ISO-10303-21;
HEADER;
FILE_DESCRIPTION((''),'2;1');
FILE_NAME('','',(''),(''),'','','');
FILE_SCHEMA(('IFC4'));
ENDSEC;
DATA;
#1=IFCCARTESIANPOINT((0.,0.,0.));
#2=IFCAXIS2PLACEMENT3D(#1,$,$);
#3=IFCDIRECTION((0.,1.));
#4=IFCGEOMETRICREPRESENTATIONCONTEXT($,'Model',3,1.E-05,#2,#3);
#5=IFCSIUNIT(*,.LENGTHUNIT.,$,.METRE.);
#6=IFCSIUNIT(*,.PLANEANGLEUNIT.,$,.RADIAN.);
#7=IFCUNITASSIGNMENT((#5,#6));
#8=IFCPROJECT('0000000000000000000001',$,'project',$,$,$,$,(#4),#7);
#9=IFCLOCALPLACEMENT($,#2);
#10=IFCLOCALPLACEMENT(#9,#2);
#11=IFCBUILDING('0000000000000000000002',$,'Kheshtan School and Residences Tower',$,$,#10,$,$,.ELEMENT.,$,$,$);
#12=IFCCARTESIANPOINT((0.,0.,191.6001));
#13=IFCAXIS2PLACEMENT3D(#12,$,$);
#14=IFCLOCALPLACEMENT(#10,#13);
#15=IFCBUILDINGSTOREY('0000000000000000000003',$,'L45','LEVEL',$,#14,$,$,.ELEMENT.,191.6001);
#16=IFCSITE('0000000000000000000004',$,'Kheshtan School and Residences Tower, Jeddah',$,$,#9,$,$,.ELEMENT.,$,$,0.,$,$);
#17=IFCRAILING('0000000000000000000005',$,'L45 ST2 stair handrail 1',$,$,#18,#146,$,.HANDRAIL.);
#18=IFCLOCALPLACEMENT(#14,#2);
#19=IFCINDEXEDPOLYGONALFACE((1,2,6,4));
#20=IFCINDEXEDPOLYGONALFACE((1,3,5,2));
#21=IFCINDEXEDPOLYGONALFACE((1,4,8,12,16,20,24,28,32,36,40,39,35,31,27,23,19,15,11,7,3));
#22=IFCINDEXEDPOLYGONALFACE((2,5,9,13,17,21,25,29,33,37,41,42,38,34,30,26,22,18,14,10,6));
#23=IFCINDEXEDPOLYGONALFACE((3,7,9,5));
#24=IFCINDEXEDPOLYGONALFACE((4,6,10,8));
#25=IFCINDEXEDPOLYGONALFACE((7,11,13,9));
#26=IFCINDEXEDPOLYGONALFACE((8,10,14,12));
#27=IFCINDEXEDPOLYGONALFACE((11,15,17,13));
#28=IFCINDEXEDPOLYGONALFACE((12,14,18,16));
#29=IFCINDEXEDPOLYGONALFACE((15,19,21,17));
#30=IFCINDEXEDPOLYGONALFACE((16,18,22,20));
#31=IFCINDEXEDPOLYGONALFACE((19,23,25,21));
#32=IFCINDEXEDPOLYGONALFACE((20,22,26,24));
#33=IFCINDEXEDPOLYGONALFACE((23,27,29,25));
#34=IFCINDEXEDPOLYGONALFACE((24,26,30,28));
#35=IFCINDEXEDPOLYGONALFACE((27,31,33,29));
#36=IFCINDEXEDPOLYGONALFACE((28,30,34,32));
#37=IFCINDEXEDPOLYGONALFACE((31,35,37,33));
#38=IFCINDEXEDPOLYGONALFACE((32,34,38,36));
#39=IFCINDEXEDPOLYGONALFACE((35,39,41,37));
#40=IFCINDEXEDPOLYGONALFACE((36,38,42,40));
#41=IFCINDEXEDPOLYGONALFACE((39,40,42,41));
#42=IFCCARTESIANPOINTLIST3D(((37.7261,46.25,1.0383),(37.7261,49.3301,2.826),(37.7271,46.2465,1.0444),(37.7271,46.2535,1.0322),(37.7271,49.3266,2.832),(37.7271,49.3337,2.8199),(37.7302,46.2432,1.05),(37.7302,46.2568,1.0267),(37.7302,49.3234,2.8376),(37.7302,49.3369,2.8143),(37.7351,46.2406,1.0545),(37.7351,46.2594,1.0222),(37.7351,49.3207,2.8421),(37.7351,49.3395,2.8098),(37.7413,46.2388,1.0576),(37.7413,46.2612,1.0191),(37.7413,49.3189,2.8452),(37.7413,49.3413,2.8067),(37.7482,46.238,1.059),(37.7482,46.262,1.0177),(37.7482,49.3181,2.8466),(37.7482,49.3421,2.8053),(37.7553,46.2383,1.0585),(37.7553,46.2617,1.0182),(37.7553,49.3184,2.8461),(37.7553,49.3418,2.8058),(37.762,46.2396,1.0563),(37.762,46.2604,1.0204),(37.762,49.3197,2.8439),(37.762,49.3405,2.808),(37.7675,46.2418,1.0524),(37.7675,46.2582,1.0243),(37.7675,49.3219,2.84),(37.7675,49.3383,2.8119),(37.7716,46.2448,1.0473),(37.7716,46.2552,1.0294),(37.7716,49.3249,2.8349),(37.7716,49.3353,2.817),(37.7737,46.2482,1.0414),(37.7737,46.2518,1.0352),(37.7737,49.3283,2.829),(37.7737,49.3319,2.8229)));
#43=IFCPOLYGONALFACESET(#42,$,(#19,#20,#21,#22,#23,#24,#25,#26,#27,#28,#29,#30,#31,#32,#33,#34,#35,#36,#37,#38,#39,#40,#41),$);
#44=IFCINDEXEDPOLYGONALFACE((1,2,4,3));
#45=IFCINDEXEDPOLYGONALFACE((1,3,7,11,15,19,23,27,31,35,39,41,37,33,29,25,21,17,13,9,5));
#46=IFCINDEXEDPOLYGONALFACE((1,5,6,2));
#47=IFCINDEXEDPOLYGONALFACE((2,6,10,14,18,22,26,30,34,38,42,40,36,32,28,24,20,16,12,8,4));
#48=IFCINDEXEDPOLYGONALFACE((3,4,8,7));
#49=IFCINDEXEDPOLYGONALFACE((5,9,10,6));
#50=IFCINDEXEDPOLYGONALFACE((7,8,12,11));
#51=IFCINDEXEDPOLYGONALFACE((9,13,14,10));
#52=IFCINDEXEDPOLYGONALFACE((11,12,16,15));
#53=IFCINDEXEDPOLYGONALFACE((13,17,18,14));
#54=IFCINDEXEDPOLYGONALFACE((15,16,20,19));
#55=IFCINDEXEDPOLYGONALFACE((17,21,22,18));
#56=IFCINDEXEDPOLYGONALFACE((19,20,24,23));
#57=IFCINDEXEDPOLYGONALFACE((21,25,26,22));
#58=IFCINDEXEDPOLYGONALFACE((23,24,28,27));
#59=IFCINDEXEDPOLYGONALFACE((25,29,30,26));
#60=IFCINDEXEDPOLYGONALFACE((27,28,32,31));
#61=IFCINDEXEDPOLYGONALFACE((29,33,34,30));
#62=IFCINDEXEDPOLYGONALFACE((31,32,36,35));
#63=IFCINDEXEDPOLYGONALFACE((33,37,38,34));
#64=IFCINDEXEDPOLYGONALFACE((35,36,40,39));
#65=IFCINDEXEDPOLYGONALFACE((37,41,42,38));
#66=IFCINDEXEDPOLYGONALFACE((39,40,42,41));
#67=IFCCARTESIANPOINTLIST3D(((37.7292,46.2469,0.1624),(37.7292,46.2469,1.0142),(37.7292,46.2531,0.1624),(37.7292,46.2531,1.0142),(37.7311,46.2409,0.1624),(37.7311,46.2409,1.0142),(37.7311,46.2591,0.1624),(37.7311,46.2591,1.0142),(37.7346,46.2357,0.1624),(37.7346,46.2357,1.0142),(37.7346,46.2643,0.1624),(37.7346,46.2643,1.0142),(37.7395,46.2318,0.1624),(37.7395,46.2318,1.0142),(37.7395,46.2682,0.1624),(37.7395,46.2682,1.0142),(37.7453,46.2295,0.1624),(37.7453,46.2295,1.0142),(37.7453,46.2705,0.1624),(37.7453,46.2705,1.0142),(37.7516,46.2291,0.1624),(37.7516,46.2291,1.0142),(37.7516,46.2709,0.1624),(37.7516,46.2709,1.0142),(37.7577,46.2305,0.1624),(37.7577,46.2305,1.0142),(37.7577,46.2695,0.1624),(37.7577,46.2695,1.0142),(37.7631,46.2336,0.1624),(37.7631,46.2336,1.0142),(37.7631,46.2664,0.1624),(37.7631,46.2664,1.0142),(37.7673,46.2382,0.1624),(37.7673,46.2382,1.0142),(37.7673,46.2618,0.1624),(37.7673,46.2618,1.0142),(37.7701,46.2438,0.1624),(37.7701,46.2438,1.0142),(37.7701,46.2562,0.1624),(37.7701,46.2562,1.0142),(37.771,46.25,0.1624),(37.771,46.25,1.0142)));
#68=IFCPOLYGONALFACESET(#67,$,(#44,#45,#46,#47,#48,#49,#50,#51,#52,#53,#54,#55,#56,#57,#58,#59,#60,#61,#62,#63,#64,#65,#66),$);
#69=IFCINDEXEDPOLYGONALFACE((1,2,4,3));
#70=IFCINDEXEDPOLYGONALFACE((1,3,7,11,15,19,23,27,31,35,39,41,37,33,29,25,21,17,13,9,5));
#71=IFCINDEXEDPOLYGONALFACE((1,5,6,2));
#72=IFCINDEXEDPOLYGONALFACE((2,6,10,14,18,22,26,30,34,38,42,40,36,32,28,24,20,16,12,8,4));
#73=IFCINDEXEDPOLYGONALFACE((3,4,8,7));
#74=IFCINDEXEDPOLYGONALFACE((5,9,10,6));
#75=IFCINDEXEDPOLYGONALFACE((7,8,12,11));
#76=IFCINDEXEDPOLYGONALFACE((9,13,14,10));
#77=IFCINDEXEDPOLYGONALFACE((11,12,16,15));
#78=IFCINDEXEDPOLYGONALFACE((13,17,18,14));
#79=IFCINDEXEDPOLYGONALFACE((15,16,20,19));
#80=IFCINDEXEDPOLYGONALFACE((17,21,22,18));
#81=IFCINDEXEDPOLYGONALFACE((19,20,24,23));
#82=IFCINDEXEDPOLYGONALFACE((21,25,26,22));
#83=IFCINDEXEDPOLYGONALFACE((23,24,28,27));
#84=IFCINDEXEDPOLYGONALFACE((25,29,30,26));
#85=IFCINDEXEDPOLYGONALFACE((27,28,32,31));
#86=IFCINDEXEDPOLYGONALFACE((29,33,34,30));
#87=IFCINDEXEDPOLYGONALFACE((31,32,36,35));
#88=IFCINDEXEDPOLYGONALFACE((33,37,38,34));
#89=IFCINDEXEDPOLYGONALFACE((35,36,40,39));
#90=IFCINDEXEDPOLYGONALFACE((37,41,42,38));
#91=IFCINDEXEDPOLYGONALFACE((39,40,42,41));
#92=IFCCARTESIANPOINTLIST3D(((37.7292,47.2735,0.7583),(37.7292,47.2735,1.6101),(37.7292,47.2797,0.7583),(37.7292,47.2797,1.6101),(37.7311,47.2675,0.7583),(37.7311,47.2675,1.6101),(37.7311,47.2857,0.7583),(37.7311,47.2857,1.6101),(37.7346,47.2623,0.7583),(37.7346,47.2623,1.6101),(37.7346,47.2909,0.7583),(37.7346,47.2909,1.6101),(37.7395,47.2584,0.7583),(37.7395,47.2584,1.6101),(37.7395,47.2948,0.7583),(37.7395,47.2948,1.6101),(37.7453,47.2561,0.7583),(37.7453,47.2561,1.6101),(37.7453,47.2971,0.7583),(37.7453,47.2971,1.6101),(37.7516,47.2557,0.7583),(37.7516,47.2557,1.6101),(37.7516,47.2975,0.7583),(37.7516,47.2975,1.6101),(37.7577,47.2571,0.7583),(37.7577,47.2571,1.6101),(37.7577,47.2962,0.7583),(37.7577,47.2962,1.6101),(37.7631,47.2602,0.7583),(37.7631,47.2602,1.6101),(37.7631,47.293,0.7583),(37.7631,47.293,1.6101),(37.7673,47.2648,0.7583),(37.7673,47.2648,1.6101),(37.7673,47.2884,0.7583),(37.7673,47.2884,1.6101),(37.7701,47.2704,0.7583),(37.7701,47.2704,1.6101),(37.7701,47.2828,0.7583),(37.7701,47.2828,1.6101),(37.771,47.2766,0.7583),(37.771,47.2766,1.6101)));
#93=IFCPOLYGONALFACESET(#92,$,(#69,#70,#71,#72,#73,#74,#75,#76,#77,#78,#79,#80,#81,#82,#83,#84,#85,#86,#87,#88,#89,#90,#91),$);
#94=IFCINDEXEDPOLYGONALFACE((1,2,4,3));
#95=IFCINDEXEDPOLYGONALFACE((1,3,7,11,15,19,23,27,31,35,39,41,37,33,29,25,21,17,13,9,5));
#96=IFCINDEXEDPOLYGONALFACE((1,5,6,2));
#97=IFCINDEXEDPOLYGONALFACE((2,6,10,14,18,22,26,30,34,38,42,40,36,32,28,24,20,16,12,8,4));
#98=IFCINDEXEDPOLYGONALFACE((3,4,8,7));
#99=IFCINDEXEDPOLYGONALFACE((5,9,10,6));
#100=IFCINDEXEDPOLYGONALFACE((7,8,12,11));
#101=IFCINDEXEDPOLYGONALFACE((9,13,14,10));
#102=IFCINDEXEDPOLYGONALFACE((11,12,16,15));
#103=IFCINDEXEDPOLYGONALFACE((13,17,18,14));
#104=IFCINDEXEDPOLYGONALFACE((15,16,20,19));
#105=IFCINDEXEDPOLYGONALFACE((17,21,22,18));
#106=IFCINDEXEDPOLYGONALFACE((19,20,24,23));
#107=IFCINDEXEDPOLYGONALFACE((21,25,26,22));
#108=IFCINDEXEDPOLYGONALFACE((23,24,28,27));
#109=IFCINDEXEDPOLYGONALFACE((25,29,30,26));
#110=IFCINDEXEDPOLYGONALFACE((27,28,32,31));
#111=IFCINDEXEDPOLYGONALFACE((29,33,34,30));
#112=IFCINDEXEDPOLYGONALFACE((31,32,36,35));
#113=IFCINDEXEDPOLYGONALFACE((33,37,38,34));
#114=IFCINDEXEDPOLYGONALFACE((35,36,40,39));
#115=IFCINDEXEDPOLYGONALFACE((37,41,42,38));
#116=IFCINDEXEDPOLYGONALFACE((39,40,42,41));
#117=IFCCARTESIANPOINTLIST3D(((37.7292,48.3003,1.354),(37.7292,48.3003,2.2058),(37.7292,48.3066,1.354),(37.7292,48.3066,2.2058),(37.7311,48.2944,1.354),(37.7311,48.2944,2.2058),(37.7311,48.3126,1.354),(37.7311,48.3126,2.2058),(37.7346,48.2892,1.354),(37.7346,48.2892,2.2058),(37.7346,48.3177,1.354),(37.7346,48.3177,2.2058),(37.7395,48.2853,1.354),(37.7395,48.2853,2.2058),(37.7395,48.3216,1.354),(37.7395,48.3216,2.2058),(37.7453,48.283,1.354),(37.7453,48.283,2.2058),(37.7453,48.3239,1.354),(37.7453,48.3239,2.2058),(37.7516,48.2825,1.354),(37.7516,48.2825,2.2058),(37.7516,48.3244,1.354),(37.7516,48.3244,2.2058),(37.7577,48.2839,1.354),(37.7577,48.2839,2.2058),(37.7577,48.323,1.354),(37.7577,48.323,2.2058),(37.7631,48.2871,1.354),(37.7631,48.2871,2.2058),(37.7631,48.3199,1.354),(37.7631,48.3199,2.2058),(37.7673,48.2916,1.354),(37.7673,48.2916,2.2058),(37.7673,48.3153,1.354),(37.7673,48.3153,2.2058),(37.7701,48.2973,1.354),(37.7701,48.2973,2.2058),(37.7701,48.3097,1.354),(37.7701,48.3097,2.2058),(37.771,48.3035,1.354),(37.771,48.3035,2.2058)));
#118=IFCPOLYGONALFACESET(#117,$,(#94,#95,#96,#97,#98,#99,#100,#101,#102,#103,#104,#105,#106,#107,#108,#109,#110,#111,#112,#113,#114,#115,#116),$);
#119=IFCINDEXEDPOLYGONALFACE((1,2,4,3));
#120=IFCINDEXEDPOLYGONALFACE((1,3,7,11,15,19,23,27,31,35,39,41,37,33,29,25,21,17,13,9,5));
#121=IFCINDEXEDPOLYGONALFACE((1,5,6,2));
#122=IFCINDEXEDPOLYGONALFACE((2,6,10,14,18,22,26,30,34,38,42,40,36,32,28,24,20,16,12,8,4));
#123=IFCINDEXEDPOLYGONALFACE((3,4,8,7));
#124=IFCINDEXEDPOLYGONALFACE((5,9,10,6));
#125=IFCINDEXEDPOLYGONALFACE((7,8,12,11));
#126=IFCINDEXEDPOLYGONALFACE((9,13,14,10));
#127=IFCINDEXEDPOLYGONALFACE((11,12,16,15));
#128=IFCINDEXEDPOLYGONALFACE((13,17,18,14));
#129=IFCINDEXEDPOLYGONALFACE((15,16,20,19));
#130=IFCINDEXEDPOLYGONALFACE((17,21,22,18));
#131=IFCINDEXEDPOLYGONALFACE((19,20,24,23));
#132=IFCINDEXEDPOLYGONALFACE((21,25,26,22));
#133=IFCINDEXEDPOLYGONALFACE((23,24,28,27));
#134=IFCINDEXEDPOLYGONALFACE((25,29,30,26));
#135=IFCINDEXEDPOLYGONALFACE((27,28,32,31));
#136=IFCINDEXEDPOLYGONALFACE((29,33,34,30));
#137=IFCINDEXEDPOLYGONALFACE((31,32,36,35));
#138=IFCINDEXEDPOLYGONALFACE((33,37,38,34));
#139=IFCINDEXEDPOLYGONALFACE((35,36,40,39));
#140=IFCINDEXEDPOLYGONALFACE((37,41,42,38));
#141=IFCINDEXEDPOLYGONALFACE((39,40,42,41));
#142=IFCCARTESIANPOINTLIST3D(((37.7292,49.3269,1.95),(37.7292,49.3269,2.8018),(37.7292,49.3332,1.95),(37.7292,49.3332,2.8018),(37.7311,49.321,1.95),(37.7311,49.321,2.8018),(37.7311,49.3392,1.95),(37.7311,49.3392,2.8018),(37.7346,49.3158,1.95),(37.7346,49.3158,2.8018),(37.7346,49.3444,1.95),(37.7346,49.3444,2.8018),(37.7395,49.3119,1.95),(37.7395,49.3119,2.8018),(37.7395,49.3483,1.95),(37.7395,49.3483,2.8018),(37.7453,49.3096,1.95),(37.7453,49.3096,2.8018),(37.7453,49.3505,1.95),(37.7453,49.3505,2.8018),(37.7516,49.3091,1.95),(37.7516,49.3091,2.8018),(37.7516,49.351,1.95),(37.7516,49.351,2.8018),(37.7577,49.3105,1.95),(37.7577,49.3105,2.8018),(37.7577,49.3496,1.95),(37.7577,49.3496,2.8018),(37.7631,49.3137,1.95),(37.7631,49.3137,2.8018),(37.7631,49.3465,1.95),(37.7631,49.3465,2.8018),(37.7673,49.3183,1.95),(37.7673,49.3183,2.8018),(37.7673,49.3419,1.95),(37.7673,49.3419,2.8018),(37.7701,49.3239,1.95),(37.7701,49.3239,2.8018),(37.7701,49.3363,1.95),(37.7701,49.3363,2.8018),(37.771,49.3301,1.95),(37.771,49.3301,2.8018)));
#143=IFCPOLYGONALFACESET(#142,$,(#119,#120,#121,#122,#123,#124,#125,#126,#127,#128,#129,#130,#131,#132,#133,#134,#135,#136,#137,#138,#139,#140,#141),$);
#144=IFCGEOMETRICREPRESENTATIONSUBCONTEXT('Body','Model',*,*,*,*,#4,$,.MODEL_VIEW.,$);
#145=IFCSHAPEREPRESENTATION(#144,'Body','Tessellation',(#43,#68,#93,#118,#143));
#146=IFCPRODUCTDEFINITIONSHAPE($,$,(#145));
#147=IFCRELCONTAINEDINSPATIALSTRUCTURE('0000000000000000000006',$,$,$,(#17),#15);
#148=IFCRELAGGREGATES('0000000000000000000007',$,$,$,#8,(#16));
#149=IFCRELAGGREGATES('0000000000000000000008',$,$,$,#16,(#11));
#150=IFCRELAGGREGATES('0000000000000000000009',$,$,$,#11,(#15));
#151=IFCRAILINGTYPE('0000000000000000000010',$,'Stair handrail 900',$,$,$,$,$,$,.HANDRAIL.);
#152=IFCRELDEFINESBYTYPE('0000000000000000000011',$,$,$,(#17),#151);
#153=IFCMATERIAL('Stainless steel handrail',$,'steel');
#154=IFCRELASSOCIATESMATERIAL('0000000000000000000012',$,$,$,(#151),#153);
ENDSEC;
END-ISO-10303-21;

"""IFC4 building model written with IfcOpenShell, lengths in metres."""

from ifc_helpers import new_model, si_unit, direction, frame, origin, origin_2d, place, context, subcontext, project, spatial, circle, extrude, material, type_object, element, save


model = new_model("IFC4")

# Units and contexts
model_context = context("Model", 3, precision=1e-05, world=origin(), true_north=direction((0.0, 1.0)))
body_context = subcontext(model_context, "Body", "Model", "MODEL_VIEW")
ifc_project = project(units=[si_unit("LENGTHUNIT", "METRE"), si_unit("PLANEANGLEUNIT", "RADIAN")], contexts=[model_context])

# Site, building, storey
site_placement = place(None, origin())
site = spatial("IfcSite", under=ifc_project, at=site_placement, Name="Kheshtan School and Residences Tower, Jeddah", CompositionType="ELEMENT", RefElevation=0.0)
building_placement = place(site_placement, origin())
building = spatial("IfcBuilding", under=site, at=building_placement, Name="Kheshtan School and Residences Tower", CompositionType="ELEMENT")
storey_placement = place(building_placement, frame((0.0, 0.0, 191.6001)))
storey = spatial("IfcBuildingStorey", under=building, at=storey_placement, Name="L45", Description="LEVEL", CompositionType="ELEMENT", Elevation=191.6001)

# Railing
ifc_material_1 = material(Name="Stainless steel handrail", Category="steel")
railing_type = type_object("IfcRailingType", Name="Stair handrail 900", PredefinedType="HANDRAIL", material=ifc_material_1)
railing_placement = place(storey_placement, frame((37.75, 46.25, 0.1624)))
element("IfcRailing", 1, at=railing_placement, inside=storey, type_object=railing_type, Name="L45 ST2 stair handrail 1", PredefinedType="HANDRAIL", context=body_context, shape_type="SweptSolid", body=[
    extrude(circle(Radius=0.0239, at=origin_2d()), frame((0.0, 0.0, 0.876), z_axis=(0.0, 0.864891, 0.50196), x_axis=(-1.0, 0.0, 0.0)), (0.0, 0.0, 1.0), 3.5613),
    extrude(circle(Radius=0.021, at=origin_2d()), origin(), (0.0, 0.0, 1.0), 0.8518),
    extrude(circle(Radius=0.021, at=origin_2d()), frame((0.0, 1.0266, 0.5959)), (0.0, 0.0, 1.0), 0.8518),
    extrude(circle(Radius=0.021, at=origin_2d()), frame((0.0, 2.0535, 1.1917)), (0.0, 0.0, 1.0), 0.8518),
    extrude(circle(Radius=0.021, at=origin_2d()), frame((0.0, 3.0801, 1.7876)), (0.0, 0.0, 1.0), 0.8518),
])

save(model, "model.ifc")
